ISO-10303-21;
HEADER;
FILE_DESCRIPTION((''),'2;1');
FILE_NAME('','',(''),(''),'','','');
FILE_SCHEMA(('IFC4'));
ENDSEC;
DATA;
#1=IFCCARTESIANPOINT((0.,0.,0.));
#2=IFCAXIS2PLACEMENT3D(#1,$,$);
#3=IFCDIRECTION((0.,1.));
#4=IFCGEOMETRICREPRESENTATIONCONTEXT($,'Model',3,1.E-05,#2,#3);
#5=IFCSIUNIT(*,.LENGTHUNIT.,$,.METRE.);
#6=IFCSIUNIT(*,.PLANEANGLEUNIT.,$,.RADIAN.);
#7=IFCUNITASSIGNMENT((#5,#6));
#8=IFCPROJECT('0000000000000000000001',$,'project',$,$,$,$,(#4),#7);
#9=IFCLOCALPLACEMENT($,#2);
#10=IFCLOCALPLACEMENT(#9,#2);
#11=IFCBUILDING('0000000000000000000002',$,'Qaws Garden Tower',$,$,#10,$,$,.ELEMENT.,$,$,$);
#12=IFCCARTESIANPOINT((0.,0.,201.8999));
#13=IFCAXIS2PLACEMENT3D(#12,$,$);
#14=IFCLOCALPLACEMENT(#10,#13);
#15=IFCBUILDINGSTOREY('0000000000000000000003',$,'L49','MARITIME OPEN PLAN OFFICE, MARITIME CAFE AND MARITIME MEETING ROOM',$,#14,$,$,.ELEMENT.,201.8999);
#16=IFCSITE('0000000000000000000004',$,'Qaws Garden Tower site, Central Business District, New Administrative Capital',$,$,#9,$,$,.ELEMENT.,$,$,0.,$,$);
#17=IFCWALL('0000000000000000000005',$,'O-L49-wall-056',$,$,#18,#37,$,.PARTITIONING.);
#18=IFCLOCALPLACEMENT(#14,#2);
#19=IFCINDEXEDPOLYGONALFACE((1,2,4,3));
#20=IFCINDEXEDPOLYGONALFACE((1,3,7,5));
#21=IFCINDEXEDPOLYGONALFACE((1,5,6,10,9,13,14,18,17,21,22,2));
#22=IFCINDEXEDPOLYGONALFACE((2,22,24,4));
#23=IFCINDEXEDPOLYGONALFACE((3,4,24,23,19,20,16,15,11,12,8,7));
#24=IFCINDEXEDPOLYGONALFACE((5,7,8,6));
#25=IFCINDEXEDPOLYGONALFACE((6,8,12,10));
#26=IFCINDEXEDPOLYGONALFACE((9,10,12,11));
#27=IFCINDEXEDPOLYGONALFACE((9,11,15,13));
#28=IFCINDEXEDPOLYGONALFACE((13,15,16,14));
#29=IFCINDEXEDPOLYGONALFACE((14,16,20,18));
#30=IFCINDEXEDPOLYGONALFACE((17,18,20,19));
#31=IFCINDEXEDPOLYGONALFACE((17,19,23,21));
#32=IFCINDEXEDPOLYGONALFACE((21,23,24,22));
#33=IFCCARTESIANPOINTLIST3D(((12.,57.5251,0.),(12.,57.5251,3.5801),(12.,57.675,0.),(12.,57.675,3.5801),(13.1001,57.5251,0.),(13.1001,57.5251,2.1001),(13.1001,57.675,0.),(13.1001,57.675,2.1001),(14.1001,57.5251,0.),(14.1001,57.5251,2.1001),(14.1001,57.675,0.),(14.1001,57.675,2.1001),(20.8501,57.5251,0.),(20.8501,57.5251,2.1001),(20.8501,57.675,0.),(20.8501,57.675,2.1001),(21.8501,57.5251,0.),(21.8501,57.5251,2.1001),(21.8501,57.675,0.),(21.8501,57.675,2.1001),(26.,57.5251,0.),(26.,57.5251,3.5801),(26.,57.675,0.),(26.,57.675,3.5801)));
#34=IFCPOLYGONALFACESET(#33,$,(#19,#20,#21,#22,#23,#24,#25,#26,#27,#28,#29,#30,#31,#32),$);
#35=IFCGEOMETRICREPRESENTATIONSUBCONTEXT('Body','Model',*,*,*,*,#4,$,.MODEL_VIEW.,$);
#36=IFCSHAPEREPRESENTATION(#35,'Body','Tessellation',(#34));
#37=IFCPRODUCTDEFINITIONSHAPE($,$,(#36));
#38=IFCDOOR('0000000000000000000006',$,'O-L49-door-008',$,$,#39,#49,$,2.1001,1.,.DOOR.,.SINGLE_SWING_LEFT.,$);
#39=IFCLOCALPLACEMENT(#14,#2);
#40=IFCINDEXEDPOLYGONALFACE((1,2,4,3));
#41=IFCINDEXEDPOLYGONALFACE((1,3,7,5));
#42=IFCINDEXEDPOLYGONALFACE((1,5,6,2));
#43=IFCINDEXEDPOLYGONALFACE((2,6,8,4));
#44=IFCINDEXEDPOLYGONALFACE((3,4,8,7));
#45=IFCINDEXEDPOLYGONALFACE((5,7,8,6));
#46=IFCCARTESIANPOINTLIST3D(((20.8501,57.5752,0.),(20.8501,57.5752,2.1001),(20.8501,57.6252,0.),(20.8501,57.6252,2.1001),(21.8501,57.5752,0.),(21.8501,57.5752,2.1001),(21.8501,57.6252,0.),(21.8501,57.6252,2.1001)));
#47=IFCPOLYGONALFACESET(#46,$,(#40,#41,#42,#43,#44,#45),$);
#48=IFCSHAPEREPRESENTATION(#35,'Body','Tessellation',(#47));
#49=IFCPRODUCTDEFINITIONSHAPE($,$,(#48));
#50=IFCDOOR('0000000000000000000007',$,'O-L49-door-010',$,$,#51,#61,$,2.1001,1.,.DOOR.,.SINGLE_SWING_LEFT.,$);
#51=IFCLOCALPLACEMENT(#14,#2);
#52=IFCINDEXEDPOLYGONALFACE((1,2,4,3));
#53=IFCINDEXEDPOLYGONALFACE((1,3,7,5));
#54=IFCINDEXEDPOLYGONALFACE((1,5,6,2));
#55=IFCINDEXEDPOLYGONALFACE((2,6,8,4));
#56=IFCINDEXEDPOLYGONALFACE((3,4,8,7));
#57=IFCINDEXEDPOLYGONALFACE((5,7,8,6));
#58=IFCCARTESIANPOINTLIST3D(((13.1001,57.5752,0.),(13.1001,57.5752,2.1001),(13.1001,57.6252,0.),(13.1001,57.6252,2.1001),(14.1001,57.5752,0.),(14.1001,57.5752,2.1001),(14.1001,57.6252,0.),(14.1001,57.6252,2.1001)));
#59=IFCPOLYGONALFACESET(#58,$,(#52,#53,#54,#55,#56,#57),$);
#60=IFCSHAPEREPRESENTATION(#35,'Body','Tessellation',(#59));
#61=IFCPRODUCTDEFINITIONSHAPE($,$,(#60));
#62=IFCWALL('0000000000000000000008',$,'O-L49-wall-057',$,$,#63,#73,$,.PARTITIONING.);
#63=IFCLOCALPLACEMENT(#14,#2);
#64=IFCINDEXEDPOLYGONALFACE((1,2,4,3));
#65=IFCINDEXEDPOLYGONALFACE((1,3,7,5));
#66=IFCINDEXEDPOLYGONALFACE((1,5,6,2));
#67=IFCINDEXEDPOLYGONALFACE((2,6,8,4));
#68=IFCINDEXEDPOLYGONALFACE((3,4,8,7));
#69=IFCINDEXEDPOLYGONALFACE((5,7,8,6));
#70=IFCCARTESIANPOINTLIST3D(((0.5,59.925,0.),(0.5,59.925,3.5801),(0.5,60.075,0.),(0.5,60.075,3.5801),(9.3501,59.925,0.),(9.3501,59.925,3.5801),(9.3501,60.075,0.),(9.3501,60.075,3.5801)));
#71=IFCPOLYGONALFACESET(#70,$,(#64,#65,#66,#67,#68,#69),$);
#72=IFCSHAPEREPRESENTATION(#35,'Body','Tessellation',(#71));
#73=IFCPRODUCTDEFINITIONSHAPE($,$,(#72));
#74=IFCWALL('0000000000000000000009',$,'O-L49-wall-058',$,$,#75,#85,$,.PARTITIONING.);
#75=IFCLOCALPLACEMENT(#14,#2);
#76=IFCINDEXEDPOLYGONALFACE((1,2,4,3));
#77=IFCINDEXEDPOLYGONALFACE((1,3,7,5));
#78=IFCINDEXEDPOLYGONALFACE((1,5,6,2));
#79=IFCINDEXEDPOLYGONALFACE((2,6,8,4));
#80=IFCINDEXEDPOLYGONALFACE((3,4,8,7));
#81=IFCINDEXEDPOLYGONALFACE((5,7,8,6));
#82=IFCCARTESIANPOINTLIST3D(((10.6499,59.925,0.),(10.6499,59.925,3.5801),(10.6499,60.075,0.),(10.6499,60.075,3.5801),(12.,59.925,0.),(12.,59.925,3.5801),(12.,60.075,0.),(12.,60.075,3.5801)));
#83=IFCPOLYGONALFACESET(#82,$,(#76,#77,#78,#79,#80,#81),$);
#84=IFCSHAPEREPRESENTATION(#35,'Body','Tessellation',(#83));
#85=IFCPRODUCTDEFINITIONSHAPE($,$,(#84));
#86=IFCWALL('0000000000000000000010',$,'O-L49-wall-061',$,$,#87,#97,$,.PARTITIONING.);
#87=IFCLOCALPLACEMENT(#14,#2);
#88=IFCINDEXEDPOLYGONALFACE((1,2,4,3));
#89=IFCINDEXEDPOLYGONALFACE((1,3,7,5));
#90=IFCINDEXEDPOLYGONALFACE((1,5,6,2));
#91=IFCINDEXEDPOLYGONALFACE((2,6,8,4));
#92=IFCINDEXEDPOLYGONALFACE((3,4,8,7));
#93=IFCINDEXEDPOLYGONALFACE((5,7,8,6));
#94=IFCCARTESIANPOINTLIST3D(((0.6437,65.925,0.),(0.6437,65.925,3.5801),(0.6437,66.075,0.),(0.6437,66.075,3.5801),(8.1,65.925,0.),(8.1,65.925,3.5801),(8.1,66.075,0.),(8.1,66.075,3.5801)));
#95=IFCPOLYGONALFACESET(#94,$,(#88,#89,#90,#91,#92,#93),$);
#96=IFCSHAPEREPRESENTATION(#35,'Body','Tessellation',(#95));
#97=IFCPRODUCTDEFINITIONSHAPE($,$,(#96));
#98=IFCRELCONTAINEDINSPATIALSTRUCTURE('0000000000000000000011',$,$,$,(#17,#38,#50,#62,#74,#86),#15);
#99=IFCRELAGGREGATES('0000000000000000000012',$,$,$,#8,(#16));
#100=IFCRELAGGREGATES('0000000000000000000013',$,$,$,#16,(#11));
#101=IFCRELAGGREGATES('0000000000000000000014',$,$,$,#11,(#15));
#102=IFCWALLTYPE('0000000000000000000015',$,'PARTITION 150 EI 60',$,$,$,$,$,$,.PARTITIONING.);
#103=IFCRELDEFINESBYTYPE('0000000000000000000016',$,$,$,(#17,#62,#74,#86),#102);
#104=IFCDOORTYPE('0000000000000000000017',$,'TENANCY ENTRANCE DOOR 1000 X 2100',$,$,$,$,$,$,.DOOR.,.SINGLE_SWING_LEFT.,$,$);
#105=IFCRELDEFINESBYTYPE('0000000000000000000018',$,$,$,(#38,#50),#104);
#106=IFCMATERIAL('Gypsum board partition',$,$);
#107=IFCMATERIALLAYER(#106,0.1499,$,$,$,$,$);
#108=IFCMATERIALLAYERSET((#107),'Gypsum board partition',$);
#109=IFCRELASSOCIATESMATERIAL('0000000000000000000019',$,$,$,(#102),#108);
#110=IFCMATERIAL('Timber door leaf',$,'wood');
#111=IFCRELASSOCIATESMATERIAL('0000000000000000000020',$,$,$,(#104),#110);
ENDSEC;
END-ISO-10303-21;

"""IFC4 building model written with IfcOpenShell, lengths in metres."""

from ifc_helpers import new_model, si_unit, direction, frame, frame_2d, origin, place, context, subcontext, project, spatial, rectangle, extrude, material, layer, layer_set, type_object, element, fill, save


model = new_model("IFC4")

# Units and contexts
model_context = context("Model", 3, precision=1e-05, world=origin(), true_north=direction((0.0, 1.0)))
body_context = subcontext(model_context, "Body", "Model", "MODEL_VIEW")
ifc_project = project(units=[si_unit("LENGTHUNIT", "METRE"), si_unit("PLANEANGLEUNIT", "RADIAN")], contexts=[model_context])

# Site, building, storey
site_placement = place(None, origin())
site = spatial("IfcSite", under=ifc_project, at=site_placement, Name="Qaws Garden Tower site, Central Business District, New Administrative Capital", CompositionType="ELEMENT", RefElevation=0.0)
building_placement = place(site_placement, origin())
building = spatial("IfcBuilding", under=site, at=building_placement, Name="Qaws Garden Tower", CompositionType="ELEMENT")
storey_placement = place(building_placement, frame((0.0, 0.0, 201.8999)))
storey = spatial("IfcBuildingStorey", under=building, at=storey_placement, Name="L49", Description="MARITIME OPEN PLAN OFFICE, MARITIME CAFE AND MARITIME MEETING ROOM", CompositionType="ELEMENT", Elevation=201.8999)

# Shared definitions
ifc_material_1 = material(Name="Gypsum board partition")
ifc_layer_1 = layer(ifc_material_1, 0.1499)
ifc_layer_set_1 = layer_set([ifc_layer_1], Name="Gypsum board partition")
wall_type_1 = type_object("IfcWallType", Name="PARTITION 150 EI 60", PredefinedType="PARTITIONING", material=ifc_layer_set_1)
ifc_material_2 = material(Name="Timber door leaf", Category="wood")
door_type_1 = type_object("IfcDoorType", Name="TENANCY ENTRANCE DOOR 1000 X 2100", OperationType="SINGLE_SWING_LEFT", PredefinedType="DOOR", material=ifc_material_2)

# Wall, openings, doors
wall_1_placement = place(storey_placement, frame((12.0, 57.6001, 0.0), z_axis=(0.0, 0.0, 1.0), x_axis=(1.0, 0.0, 0.0)))
wall_1 = element("IfcWall", 1, at=wall_1_placement, inside=storey, type_object=wall_type_1, Name="O-L49-wall-056", PredefinedType="PARTITIONING", context=body_context, shape_type="SweptSolid", body=[
    extrude(rectangle(XDim=14.0, YDim=0.1499, at=frame_2d((7.0, 0.0))), origin(), (0.0, 0.0, 1.0), 3.5801),
])
opening_1_placement = place(wall_1_placement, frame((8.8501, 0.0, 0.0)))
opening_1 = element("IfcOpeningElement", 2, at=opening_1_placement, cuts=wall_1, PredefinedType="OPENING", context=body_context, shape_type="SweptSolid", body=[
    extrude(rectangle(XDim=1.0, YDim=2.1001, at=frame_2d((0.5, 1.05))), frame((0.0, 0.085, 0.0), z_axis=(0.0, -1.0, 0.0), x_axis=(1.0, 0.0, 0.0)), (0.0, 0.0, 1.0), 0.1699),
])
opening_2_placement = place(wall_1_placement, frame((1.1001, 0.0, 0.0)))
opening_2 = element("IfcOpeningElement", 3, at=opening_2_placement, cuts=wall_1, PredefinedType="OPENING", context=body_context, shape_type="SweptSolid", body=[
    extrude(rectangle(XDim=1.0, YDim=2.1001, at=frame_2d((0.5, 1.05))), frame((0.0, 0.085, 0.0), z_axis=(0.0, -1.0, 0.0), x_axis=(1.0, 0.0, 0.0)), (0.0, 0.0, 1.0), 0.1699),
])
door_1_placement = place(opening_1_placement, frame((1.0, 0.0, 0.0), z_axis=(0.0, 0.0, 1.0), x_axis=(-1.0, 0.0, 0.0)))
door_1 = element("IfcDoor", 4, at=door_1_placement, inside=storey, type_object=door_type_1, Name="O-L49-door-008", OperationType="SINGLE_SWING_LEFT", OverallHeight=2.1001, OverallWidth=1.0, PredefinedType="DOOR", context=body_context, shape_type="SweptSolid", body=[
    extrude(rectangle(XDim=1.0, YDim=2.1001, at=frame_2d((0.5, 1.05))), frame((0.0, 0.0249, 0.0), z_axis=(0.0, -1.0, 0.0), x_axis=(1.0, 0.0, 0.0)), (0.0, 0.0, 1.0), 0.05),
])
fill(opening_1, door_1)
door_2_placement = place(opening_2_placement, frame((1.0, 0.0, 0.0), z_axis=(0.0, 0.0, 1.0), x_axis=(-1.0, 0.0, 0.0)))
door_2 = element("IfcDoor", 5, at=door_2_placement, inside=storey, type_object=door_type_1, Name="O-L49-door-010", OperationType="SINGLE_SWING_LEFT", OverallHeight=2.1001, OverallWidth=1.0, PredefinedType="DOOR", context=body_context, shape_type="SweptSolid", body=[
    extrude(rectangle(XDim=1.0, YDim=2.1001, at=frame_2d((0.5, 1.05))), frame((0.0, 0.0249, 0.0), z_axis=(0.0, -1.0, 0.0), x_axis=(1.0, 0.0, 0.0)), (0.0, 0.0, 1.0), 0.05),
])
fill(opening_2, door_2)

# Walls
wall_2_placement = place(storey_placement, frame((0.5, 60.0, 0.0), z_axis=(0.0, 0.0, 1.0), x_axis=(1.0, 0.0, 0.0)))
element("IfcWall", 6, at=wall_2_placement, inside=storey, type_object=wall_type_1, Name="O-L49-wall-057", PredefinedType="PARTITIONING", context=body_context, shape_type="SweptSolid", body=[
    extrude(rectangle(XDim=8.8501, YDim=0.1499, at=frame_2d((4.425, 0.0))), origin(), (0.0, 0.0, 1.0), 3.5801),
])
wall_3_placement = place(storey_placement, frame((10.6499, 60.0, 0.0), z_axis=(0.0, 0.0, 1.0), x_axis=(1.0, 0.0, 0.0)))
element("IfcWall", 7, at=wall_3_placement, inside=storey, type_object=wall_type_1, Name="O-L49-wall-058", PredefinedType="PARTITIONING", context=body_context, shape_type="SweptSolid", body=[
    extrude(rectangle(XDim=1.3501, YDim=0.1499, at=frame_2d((0.675, 0.0))), origin(), (0.0, 0.0, 1.0), 3.5801),
])
wall_4_placement = place(storey_placement, frame((0.6438, 66.0, 0.0), z_axis=(0.0, 0.0, 1.0), x_axis=(1.0, 0.0, 0.0)))
element("IfcWall", 8, at=wall_4_placement, inside=storey, type_object=wall_type_1, Name="O-L49-wall-061", PredefinedType="PARTITIONING", context=body_context, shape_type="SweptSolid", body=[
    extrude(rectangle(XDim=7.4563, YDim=0.1499, at=frame_2d((3.728, 0.0))), origin(), (0.0, 0.0, 1.0), 3.5801),
])

save(model, "model.ifc")
